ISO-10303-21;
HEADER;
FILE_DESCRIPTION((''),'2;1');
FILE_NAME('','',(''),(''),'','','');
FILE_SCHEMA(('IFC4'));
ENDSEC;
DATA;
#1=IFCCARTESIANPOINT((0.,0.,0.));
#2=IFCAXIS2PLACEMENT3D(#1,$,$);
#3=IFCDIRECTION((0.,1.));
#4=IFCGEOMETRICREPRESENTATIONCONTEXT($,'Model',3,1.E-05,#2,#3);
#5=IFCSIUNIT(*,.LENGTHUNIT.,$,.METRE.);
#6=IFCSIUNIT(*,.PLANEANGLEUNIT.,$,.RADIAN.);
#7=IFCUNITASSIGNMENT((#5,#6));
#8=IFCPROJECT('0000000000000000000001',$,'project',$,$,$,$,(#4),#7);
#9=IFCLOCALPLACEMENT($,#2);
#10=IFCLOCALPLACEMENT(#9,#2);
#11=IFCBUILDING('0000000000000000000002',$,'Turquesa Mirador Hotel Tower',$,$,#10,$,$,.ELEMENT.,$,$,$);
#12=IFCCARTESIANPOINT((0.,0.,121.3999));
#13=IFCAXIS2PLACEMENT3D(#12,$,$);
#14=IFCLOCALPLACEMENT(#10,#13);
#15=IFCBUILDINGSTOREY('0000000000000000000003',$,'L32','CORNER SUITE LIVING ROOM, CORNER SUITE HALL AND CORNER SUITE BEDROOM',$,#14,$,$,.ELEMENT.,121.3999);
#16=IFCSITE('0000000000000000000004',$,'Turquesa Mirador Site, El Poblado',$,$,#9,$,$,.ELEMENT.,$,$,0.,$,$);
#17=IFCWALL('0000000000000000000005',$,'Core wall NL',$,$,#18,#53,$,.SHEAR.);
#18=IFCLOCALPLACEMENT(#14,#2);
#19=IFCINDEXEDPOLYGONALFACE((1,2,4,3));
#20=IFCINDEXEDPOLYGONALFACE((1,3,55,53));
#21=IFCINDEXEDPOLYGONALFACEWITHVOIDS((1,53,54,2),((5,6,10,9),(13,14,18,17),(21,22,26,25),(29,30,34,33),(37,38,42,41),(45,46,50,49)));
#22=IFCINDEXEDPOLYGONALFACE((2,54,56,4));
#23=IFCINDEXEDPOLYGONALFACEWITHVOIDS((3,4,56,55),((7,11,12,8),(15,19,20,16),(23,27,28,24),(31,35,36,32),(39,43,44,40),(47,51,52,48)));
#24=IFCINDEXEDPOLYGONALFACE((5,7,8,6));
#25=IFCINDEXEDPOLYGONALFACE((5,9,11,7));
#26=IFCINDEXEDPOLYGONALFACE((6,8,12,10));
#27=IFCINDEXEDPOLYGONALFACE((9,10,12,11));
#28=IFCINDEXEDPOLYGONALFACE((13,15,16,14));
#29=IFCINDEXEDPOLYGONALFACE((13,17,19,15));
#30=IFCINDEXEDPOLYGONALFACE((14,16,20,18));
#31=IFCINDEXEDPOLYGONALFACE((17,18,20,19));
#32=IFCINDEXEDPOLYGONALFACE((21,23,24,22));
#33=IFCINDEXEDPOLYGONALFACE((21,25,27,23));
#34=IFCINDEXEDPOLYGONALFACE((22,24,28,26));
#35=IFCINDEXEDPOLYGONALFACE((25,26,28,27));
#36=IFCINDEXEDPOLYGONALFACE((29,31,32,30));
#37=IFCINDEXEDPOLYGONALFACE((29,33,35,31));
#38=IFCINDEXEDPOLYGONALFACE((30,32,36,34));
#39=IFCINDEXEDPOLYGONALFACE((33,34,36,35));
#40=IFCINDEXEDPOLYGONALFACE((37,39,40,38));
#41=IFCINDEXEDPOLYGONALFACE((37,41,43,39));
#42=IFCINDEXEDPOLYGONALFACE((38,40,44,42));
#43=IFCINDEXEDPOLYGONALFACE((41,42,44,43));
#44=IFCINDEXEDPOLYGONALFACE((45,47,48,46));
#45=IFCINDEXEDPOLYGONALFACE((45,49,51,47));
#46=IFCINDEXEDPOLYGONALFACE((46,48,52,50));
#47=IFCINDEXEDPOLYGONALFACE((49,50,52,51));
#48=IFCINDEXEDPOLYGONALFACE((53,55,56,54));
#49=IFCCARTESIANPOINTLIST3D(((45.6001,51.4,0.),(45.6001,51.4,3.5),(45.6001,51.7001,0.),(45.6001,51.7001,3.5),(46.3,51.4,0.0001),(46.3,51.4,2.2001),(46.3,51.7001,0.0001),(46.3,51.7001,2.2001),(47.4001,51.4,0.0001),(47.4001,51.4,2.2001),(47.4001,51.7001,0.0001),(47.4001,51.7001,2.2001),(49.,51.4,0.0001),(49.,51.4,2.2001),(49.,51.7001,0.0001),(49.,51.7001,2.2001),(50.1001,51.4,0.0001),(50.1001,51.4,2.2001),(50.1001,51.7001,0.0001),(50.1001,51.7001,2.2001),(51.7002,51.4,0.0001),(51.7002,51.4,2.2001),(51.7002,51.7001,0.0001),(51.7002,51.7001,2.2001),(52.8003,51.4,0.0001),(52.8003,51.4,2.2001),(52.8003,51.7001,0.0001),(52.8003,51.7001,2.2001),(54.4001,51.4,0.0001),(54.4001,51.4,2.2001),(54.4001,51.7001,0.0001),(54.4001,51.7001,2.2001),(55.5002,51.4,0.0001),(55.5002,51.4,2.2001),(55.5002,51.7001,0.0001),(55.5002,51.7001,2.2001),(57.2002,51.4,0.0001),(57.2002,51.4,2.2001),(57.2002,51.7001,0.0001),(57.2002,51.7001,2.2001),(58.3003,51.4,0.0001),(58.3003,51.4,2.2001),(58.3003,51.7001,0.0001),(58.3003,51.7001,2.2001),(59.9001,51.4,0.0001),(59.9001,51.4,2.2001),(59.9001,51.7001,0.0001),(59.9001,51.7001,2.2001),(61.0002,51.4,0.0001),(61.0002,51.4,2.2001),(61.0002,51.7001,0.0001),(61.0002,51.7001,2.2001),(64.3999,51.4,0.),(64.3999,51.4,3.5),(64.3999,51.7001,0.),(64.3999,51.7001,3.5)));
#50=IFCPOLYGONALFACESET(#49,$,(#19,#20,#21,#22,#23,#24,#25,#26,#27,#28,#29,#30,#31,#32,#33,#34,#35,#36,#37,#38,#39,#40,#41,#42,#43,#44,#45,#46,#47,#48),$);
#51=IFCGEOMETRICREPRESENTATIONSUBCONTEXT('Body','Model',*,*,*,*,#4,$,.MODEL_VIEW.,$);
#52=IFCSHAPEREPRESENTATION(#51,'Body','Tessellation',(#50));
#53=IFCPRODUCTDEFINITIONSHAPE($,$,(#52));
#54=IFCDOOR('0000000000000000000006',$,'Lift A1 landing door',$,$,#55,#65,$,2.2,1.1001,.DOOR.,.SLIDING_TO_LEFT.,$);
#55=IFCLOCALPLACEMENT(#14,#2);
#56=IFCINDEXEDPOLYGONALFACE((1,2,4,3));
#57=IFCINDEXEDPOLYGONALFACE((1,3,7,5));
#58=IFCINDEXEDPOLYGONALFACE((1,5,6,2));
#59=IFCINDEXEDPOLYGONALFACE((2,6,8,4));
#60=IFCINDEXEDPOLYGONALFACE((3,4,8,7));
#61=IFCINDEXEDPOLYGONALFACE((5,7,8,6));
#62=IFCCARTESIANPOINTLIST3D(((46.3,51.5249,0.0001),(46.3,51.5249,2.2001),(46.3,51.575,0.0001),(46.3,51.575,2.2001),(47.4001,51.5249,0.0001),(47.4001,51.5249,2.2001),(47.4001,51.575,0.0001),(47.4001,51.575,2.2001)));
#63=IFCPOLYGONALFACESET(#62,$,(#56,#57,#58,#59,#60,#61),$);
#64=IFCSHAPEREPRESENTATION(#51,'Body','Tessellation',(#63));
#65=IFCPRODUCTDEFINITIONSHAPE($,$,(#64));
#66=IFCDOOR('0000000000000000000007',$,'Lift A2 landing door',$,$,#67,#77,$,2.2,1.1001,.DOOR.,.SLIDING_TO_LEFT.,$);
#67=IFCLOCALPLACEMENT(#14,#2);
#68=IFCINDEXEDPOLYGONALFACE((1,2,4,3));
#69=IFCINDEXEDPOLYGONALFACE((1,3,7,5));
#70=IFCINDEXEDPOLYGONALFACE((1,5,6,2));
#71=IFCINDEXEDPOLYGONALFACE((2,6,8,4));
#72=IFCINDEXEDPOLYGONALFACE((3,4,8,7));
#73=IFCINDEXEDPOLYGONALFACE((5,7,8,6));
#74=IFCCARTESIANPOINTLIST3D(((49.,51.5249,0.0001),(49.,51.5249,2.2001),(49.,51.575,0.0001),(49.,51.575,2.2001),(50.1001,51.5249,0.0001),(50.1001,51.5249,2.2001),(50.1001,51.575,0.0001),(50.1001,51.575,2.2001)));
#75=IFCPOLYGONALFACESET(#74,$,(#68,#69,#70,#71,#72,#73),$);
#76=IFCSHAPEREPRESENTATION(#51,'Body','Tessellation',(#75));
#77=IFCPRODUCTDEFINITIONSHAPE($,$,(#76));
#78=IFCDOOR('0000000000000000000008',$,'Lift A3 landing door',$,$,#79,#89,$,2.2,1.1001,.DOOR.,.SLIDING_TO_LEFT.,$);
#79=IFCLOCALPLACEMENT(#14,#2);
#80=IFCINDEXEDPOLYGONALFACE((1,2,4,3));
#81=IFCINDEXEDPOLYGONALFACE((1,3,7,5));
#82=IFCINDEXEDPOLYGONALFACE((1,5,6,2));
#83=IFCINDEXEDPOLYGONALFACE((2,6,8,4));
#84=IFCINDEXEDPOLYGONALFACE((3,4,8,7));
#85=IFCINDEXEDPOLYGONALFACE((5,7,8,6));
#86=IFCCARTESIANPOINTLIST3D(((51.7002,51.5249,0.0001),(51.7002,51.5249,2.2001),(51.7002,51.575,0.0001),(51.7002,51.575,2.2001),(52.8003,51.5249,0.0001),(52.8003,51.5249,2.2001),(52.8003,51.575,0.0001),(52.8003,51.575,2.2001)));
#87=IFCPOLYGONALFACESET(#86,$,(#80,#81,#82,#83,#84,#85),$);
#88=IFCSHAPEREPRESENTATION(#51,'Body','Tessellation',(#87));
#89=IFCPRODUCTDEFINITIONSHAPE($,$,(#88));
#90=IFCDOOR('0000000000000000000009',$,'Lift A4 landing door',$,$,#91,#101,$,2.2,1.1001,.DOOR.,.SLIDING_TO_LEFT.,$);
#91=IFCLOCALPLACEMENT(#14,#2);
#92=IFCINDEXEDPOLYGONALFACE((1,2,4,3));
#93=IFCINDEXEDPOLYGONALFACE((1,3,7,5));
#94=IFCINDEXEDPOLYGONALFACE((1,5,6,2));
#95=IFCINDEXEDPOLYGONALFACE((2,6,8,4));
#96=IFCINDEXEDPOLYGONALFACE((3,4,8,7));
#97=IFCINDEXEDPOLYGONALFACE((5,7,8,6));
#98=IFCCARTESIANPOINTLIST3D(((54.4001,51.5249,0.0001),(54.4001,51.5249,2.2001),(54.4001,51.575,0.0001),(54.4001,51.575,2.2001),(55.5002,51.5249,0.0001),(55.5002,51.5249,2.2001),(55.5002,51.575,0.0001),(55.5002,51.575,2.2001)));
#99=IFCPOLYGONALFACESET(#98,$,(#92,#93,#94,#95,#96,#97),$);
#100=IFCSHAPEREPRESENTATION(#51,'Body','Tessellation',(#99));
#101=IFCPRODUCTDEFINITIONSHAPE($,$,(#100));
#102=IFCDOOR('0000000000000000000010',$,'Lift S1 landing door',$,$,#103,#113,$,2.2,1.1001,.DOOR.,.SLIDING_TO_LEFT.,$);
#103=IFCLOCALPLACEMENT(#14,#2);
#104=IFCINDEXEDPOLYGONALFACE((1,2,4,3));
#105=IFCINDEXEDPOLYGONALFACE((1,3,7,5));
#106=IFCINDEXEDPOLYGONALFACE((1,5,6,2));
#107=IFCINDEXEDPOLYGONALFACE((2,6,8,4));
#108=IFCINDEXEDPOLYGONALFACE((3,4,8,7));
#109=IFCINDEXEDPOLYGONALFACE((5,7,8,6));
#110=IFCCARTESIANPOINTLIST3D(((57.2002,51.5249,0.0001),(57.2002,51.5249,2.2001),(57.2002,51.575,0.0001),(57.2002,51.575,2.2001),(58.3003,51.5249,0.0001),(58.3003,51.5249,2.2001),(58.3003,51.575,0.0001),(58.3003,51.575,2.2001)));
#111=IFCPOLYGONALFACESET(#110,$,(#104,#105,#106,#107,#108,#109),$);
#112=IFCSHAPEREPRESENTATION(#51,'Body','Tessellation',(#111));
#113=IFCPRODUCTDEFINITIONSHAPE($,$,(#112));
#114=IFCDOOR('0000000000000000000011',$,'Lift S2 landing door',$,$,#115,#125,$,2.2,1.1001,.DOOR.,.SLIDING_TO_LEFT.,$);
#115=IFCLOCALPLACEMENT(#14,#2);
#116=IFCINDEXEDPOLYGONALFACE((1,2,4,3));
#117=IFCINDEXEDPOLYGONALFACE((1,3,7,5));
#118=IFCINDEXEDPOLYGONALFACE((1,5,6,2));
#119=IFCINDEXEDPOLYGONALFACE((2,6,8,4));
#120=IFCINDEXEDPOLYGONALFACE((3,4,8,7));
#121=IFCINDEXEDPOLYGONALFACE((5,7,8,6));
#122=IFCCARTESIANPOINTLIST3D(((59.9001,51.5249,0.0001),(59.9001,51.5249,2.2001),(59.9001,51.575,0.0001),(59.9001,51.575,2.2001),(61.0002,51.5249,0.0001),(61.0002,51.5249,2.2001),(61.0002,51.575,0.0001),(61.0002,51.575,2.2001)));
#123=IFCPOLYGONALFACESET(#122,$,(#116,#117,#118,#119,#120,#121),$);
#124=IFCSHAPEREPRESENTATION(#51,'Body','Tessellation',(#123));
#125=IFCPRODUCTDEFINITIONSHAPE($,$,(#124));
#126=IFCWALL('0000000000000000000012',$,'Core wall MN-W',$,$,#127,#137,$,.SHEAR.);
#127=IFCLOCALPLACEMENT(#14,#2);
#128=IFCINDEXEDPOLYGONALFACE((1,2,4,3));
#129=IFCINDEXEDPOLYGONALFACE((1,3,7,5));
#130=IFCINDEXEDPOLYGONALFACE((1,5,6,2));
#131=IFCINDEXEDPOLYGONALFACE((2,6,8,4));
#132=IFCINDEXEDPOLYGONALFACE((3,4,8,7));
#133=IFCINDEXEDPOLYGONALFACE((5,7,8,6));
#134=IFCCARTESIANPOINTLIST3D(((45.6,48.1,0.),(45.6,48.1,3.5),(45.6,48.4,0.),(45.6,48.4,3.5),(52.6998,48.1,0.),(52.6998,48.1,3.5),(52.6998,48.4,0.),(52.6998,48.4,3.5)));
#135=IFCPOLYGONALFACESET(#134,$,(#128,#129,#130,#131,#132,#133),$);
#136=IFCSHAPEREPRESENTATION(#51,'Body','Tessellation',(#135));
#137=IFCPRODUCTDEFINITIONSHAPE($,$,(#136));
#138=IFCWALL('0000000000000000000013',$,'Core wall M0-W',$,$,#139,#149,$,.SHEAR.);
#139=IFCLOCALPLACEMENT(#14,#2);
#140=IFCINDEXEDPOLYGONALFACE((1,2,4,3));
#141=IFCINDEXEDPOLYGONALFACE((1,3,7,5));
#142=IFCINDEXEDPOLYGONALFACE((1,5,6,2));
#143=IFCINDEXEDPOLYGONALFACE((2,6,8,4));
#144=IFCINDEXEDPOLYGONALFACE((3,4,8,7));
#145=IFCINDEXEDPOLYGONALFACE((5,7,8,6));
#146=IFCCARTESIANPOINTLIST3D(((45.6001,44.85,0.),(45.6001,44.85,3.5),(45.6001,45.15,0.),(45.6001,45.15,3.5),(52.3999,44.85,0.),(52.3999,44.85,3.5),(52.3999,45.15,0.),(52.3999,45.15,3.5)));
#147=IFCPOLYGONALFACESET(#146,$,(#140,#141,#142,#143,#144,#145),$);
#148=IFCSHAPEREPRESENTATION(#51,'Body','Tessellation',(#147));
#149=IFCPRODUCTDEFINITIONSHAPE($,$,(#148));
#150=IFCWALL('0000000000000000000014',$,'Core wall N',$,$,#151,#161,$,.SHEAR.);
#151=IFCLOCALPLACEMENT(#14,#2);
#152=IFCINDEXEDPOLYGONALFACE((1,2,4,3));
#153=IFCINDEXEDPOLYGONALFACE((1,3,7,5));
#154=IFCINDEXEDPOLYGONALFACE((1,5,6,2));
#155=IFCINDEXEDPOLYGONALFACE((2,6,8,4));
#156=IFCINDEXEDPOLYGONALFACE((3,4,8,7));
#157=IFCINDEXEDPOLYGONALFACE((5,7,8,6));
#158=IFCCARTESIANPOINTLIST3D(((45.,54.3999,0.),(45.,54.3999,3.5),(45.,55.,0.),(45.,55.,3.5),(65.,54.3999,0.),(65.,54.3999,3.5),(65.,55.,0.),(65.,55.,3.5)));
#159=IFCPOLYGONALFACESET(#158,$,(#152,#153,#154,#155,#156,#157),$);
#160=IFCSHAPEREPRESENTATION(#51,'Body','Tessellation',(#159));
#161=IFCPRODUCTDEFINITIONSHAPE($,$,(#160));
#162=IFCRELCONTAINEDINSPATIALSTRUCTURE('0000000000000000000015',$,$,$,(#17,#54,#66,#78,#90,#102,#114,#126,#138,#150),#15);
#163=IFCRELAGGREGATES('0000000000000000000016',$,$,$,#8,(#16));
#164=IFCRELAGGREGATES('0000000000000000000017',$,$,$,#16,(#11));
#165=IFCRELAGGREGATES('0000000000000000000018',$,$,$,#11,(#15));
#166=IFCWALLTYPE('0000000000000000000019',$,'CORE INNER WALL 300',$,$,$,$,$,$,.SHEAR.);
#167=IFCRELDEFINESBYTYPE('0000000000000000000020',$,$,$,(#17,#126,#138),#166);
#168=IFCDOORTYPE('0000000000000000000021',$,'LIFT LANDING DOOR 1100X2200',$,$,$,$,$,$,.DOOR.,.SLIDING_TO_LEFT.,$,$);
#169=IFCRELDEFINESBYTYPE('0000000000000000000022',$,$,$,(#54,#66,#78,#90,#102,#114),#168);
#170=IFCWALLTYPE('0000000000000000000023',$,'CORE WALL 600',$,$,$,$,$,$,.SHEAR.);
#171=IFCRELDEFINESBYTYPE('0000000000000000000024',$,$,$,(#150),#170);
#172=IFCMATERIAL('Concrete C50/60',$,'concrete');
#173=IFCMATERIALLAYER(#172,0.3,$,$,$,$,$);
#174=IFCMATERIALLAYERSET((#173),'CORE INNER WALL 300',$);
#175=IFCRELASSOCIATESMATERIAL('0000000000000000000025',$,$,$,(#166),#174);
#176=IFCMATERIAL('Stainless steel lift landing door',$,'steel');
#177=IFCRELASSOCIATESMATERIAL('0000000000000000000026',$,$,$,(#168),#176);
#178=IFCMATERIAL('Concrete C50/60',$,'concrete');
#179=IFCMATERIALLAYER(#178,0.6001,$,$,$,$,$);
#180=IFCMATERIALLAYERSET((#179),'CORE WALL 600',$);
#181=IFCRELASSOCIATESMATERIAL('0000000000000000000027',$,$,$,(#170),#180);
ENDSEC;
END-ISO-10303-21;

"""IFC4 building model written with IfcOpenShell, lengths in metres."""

from ifc_helpers import new_model, si_unit, direction, frame, frame_2d, origin, place, context, subcontext, project, spatial, rectangle, extrude, material, layer, layer_set, type_object, element, fill, save


model = new_model("IFC4")

# Units and contexts
model_context = context("Model", 3, precision=1e-05, world=origin(), true_north=direction((0.0, 1.0)))
body_context = subcontext(model_context, "Body", "Model", "MODEL_VIEW")
ifc_project = project(units=[si_unit("LENGTHUNIT", "METRE"), si_unit("PLANEANGLEUNIT", "RADIAN")], contexts=[model_context])

# Site, building, storey
site_placement = place(None, origin())
site = spatial("IfcSite", under=ifc_project, at=site_placement, Name="Turquesa Mirador Site, El Poblado", CompositionType="ELEMENT", RefElevation=0.0)
building_placement = place(site_placement, origin())
building = spatial("IfcBuilding", under=site, at=building_placement, Name="Turquesa Mirador Hotel Tower", CompositionType="ELEMENT")
storey_placement = place(building_placement, frame((0.0, 0.0, 121.3999)))
storey = spatial("IfcBuildingStorey", under=building, at=storey_placement, Name="L32", Description="CORNER SUITE LIVING ROOM, CORNER SUITE HALL AND CORNER SUITE BEDROOM", CompositionType="ELEMENT", Elevation=121.3999)

# Wall, openings, doors
ifc_material_1 = material(Name="Concrete C50/60", Category="concrete")
ifc_layer_1 = layer(ifc_material_1, 0.3)
ifc_layer_set_1 = layer_set([ifc_layer_1], Name="CORE INNER WALL 300")
wall_type_1 = type_object("IfcWallType", Name="CORE INNER WALL 300", PredefinedType="SHEAR", material=ifc_layer_set_1)
wall_1_placement = place(storey_placement, frame((45.6001, 51.55, 0.0), z_axis=(0.0, 0.0, 1.0), x_axis=(1.0, 0.0, 0.0)))
wall_1 = element("IfcWall", 1, at=wall_1_placement, inside=storey, type_object=wall_type_1, Name="Core wall NL", PredefinedType="SHEAR", context=body_context, shape_type="SweptSolid", body=[
    extrude(rectangle(XDim=18.7998, YDim=0.3, at=frame_2d((9.3999, 0.0))), origin(), (0.0, 0.0, 1.0), 3.5),
])
opening_1_placement = place(wall_1_placement, frame((0.7, 0.0, 0.0)))
opening_1 = element("IfcOpeningElement", 2, at=opening_1_placement, cuts=wall_1, PredefinedType="OPENING", context=body_context, shape_type="SweptSolid", body=[
    extrude(rectangle(XDim=1.1001, YDim=2.2, at=frame_2d((0.55, 1.1001))), frame((0.0, 0.1599, 0.0), z_axis=(0.0, -1.0, 0.0), x_axis=(1.0, 0.0, 0.0)), (0.0, 0.0, 1.0), 0.3201),
])
opening_2_placement = place(wall_1_placement, frame((3.3999, 0.0, 0.0)))
opening_2 = element("IfcOpeningElement", 3, at=opening_2_placement, cuts=wall_1, PredefinedType="OPENING", context=body_context, shape_type="SweptSolid", body=[
    extrude(rectangle(XDim=1.1001, YDim=2.2, at=frame_2d((0.55, 1.1001))), frame((0.0, 0.1599, 0.0), z_axis=(0.0, -1.0, 0.0), x_axis=(1.0, 0.0, 0.0)), (0.0, 0.0, 1.0), 0.3201),
])
opening_3_placement = place(wall_1_placement, frame((6.1001, 0.0, 0.0)))
opening_3 = element("IfcOpeningElement", 4, at=opening_3_placement, cuts=wall_1, PredefinedType="OPENING", context=body_context, shape_type="SweptSolid", body=[
    extrude(rectangle(XDim=1.1001, YDim=2.2, at=frame_2d((0.55, 1.1001))), frame((0.0, 0.1599, 0.0), z_axis=(0.0, -1.0, 0.0), x_axis=(1.0, 0.0, 0.0)), (0.0, 0.0, 1.0), 0.3201),
])
opening_4_placement = place(wall_1_placement, frame((8.8, 0.0, 0.0)))
opening_4 = element("IfcOpeningElement", 5, at=opening_4_placement, cuts=wall_1, PredefinedType="OPENING", context=body_context, shape_type="SweptSolid", body=[
    extrude(rectangle(XDim=1.1001, YDim=2.2, at=frame_2d((0.55, 1.1001))), frame((0.0, 0.1599, 0.0), z_axis=(0.0, -1.0, 0.0), x_axis=(1.0, 0.0, 0.0)), (0.0, 0.0, 1.0), 0.3201),
])
opening_5_placement = place(wall_1_placement, frame((11.6001, 0.0, 0.0)))
opening_5 = element("IfcOpeningElement", 6, at=opening_5_placement, cuts=wall_1, PredefinedType="OPENING", context=body_context, shape_type="SweptSolid", body=[
    extrude(rectangle(XDim=1.1001, YDim=2.2, at=frame_2d((0.55, 1.1001))), frame((0.0, 0.1599, 0.0), z_axis=(0.0, -1.0, 0.0), x_axis=(1.0, 0.0, 0.0)), (0.0, 0.0, 1.0), 0.3201),
])
opening_6_placement = place(wall_1_placement, frame((14.3, 0.0, 0.0)))
opening_6 = element("IfcOpeningElement", 7, at=opening_6_placement, cuts=wall_1, PredefinedType="OPENING", context=body_context, shape_type="SweptSolid", body=[
    extrude(rectangle(XDim=1.1001, YDim=2.2, at=frame_2d((0.55, 1.1001))), frame((0.0, 0.1599, 0.0), z_axis=(0.0, -1.0, 0.0), x_axis=(1.0, 0.0, 0.0)), (0.0, 0.0, 1.0), 0.3201),
])
ifc_material_2 = material(Name="Stainless steel lift landing door", Category="steel")
door_type_1 = type_object("IfcDoorType", Name="LIFT LANDING DOOR 1100X2200", OperationType="SLIDING_TO_LEFT", PredefinedType="DOOR", material=ifc_material_2)
door_1_placement = place(opening_1_placement, origin())
door_1 = element("IfcDoor", 8, at=door_1_placement, inside=storey, type_object=door_type_1, Name="Lift A1 landing door", OperationType="SLIDING_TO_LEFT", OverallHeight=2.2, OverallWidth=1.1001, PredefinedType="DOOR", context=body_context, shape_type="SweptSolid", body=[
    extrude(rectangle(XDim=1.1001, YDim=2.2, at=frame_2d((0.55, 1.1001))), frame((0.0, 0.0249, 0.0), z_axis=(0.0, -1.0, 0.0), x_axis=(1.0, 0.0, 0.0)), (0.0, 0.0, 1.0), 0.05),
])
fill(opening_1, door_1)
door_2_placement = place(opening_2_placement, origin())
door_2 = element("IfcDoor", 9, at=door_2_placement, inside=storey, type_object=door_type_1, Name="Lift A2 landing door", OperationType="SLIDING_TO_LEFT", OverallHeight=2.2, OverallWidth=1.1001, PredefinedType="DOOR", context=body_context, shape_type="SweptSolid", body=[
    extrude(rectangle(XDim=1.1001, YDim=2.2, at=frame_2d((0.55, 1.1001))), frame((0.0, 0.0249, 0.0), z_axis=(0.0, -1.0, 0.0), x_axis=(1.0, 0.0, 0.0)), (0.0, 0.0, 1.0), 0.05),
])
fill(opening_2, door_2)
door_3_placement = place(opening_3_placement, origin())
door_3 = element("IfcDoor", 10, at=door_3_placement, inside=storey, type_object=door_type_1, Name="Lift A3 landing door", OperationType="SLIDING_TO_LEFT", OverallHeight=2.2, OverallWidth=1.1001, PredefinedType="DOOR", context=body_context, shape_type="SweptSolid", body=[
    extrude(rectangle(XDim=1.1001, YDim=2.2, at=frame_2d((0.55, 1.1001))), frame((0.0, 0.0249, 0.0), z_axis=(0.0, -1.0, 0.0), x_axis=(1.0, 0.0, 0.0)), (0.0, 0.0, 1.0), 0.05),
])
fill(opening_3, door_3)
door_4_placement = place(opening_4_placement, origin())
door_4 = element("IfcDoor", 11, at=door_4_placement, inside=storey, type_object=door_type_1, Name="Lift A4 landing door", OperationType="SLIDING_TO_LEFT", OverallHeight=2.2, OverallWidth=1.1001, PredefinedType="DOOR", context=body_context, shape_type="SweptSolid", body=[
    extrude(rectangle(XDim=1.1001, YDim=2.2, at=frame_2d((0.55, 1.1001))), frame((0.0, 0.0249, 0.0), z_axis=(0.0, -1.0, 0.0), x_axis=(1.0, 0.0, 0.0)), (0.0, 0.0, 1.0), 0.05),
])
fill(opening_4, door_4)
door_5_placement = place(opening_5_placement, origin())
door_5 = element("IfcDoor", 12, at=door_5_placement, inside=storey, type_object=door_type_1, Name="Lift S1 landing door", OperationType="SLIDING_TO_LEFT", OverallHeight=2.2, OverallWidth=1.1001, PredefinedType="DOOR", context=body_context, shape_type="SweptSolid", body=[
    extrude(rectangle(XDim=1.1001, YDim=2.2, at=frame_2d((0.55, 1.1001))), frame((0.0, 0.0249, 0.0), z_axis=(0.0, -1.0, 0.0), x_axis=(1.0, 0.0, 0.0)), (0.0, 0.0, 1.0), 0.05),
])
fill(opening_5, door_5)
door_6_placement = place(opening_6_placement, origin())
door_6 = element("IfcDoor", 13, at=door_6_placement, inside=storey, type_object=door_type_1, Name="Lift S2 landing door", OperationType="SLIDING_TO_LEFT", OverallHeight=2.2, OverallWidth=1.1001, PredefinedType="DOOR", context=body_context, shape_type="SweptSolid", body=[
    extrude(rectangle(XDim=1.1001, YDim=2.2, at=frame_2d((0.55, 1.1001))), frame((0.0, 0.0249, 0.0), z_axis=(0.0, -1.0, 0.0), x_axis=(1.0, 0.0, 0.0)), (0.0, 0.0, 1.0), 0.05),
])
fill(opening_6, door_6)

# Walls
wall_2_placement = place(storey_placement, frame((45.6001, 48.25, 0.0), z_axis=(0.0, 0.0, 1.0), x_axis=(1.0, 0.0, 0.0)))
element("IfcWall", 14, at=wall_2_placement, inside=storey, type_object=wall_type_1, Name="Core wall MN-W", PredefinedType="SHEAR", context=body_context, shape_type="SweptSolid", body=[
    extrude(rectangle(XDim=7.0999, YDim=0.3, at=frame_2d((3.5498, 0.0))), origin(), (0.0, 0.0, 1.0), 3.5),
])
wall_3_placement = place(storey_placement, frame((45.6001, 45.0, 0.0), z_axis=(0.0, 0.0, 1.0), x_axis=(1.0, 0.0, 0.0)))
element("IfcWall", 15, at=wall_3_placement, inside=storey, type_object=wall_type_1, Name="Core wall M0-W", PredefinedType="SHEAR", context=body_context, shape_type="SweptSolid", body=[
    extrude(rectangle(XDim=6.7998, YDim=0.3, at=frame_2d((3.3999, 0.0))), origin(), (0.0, 0.0, 1.0), 3.5),
])
ifc_material_3 = material(Name="Concrete C50/60", Category="concrete")
ifc_layer_2 = layer(ifc_material_3, 0.6001)
ifc_layer_set_2 = layer_set([ifc_layer_2], Name="CORE WALL 600")
wall_type_2 = type_object("IfcWallType", Name="CORE WALL 600", PredefinedType="SHEAR", material=ifc_layer_set_2)
wall_4_placement = place(storey_placement, frame((45.0, 54.7, 0.0), z_axis=(0.0, 0.0, 1.0), x_axis=(1.0, 0.0, 0.0)))
element("IfcWall", 16, at=wall_4_placement, inside=storey, type_object=wall_type_2, Name="Core wall N", PredefinedType="SHEAR", context=body_context, shape_type="SweptSolid", body=[
    extrude(rectangle(XDim=20.0, YDim=0.6001, at=frame_2d((10.0, 0.0))), origin(), (0.0, 0.0, 1.0), 3.5),
])

save(model, "model.ifc")
